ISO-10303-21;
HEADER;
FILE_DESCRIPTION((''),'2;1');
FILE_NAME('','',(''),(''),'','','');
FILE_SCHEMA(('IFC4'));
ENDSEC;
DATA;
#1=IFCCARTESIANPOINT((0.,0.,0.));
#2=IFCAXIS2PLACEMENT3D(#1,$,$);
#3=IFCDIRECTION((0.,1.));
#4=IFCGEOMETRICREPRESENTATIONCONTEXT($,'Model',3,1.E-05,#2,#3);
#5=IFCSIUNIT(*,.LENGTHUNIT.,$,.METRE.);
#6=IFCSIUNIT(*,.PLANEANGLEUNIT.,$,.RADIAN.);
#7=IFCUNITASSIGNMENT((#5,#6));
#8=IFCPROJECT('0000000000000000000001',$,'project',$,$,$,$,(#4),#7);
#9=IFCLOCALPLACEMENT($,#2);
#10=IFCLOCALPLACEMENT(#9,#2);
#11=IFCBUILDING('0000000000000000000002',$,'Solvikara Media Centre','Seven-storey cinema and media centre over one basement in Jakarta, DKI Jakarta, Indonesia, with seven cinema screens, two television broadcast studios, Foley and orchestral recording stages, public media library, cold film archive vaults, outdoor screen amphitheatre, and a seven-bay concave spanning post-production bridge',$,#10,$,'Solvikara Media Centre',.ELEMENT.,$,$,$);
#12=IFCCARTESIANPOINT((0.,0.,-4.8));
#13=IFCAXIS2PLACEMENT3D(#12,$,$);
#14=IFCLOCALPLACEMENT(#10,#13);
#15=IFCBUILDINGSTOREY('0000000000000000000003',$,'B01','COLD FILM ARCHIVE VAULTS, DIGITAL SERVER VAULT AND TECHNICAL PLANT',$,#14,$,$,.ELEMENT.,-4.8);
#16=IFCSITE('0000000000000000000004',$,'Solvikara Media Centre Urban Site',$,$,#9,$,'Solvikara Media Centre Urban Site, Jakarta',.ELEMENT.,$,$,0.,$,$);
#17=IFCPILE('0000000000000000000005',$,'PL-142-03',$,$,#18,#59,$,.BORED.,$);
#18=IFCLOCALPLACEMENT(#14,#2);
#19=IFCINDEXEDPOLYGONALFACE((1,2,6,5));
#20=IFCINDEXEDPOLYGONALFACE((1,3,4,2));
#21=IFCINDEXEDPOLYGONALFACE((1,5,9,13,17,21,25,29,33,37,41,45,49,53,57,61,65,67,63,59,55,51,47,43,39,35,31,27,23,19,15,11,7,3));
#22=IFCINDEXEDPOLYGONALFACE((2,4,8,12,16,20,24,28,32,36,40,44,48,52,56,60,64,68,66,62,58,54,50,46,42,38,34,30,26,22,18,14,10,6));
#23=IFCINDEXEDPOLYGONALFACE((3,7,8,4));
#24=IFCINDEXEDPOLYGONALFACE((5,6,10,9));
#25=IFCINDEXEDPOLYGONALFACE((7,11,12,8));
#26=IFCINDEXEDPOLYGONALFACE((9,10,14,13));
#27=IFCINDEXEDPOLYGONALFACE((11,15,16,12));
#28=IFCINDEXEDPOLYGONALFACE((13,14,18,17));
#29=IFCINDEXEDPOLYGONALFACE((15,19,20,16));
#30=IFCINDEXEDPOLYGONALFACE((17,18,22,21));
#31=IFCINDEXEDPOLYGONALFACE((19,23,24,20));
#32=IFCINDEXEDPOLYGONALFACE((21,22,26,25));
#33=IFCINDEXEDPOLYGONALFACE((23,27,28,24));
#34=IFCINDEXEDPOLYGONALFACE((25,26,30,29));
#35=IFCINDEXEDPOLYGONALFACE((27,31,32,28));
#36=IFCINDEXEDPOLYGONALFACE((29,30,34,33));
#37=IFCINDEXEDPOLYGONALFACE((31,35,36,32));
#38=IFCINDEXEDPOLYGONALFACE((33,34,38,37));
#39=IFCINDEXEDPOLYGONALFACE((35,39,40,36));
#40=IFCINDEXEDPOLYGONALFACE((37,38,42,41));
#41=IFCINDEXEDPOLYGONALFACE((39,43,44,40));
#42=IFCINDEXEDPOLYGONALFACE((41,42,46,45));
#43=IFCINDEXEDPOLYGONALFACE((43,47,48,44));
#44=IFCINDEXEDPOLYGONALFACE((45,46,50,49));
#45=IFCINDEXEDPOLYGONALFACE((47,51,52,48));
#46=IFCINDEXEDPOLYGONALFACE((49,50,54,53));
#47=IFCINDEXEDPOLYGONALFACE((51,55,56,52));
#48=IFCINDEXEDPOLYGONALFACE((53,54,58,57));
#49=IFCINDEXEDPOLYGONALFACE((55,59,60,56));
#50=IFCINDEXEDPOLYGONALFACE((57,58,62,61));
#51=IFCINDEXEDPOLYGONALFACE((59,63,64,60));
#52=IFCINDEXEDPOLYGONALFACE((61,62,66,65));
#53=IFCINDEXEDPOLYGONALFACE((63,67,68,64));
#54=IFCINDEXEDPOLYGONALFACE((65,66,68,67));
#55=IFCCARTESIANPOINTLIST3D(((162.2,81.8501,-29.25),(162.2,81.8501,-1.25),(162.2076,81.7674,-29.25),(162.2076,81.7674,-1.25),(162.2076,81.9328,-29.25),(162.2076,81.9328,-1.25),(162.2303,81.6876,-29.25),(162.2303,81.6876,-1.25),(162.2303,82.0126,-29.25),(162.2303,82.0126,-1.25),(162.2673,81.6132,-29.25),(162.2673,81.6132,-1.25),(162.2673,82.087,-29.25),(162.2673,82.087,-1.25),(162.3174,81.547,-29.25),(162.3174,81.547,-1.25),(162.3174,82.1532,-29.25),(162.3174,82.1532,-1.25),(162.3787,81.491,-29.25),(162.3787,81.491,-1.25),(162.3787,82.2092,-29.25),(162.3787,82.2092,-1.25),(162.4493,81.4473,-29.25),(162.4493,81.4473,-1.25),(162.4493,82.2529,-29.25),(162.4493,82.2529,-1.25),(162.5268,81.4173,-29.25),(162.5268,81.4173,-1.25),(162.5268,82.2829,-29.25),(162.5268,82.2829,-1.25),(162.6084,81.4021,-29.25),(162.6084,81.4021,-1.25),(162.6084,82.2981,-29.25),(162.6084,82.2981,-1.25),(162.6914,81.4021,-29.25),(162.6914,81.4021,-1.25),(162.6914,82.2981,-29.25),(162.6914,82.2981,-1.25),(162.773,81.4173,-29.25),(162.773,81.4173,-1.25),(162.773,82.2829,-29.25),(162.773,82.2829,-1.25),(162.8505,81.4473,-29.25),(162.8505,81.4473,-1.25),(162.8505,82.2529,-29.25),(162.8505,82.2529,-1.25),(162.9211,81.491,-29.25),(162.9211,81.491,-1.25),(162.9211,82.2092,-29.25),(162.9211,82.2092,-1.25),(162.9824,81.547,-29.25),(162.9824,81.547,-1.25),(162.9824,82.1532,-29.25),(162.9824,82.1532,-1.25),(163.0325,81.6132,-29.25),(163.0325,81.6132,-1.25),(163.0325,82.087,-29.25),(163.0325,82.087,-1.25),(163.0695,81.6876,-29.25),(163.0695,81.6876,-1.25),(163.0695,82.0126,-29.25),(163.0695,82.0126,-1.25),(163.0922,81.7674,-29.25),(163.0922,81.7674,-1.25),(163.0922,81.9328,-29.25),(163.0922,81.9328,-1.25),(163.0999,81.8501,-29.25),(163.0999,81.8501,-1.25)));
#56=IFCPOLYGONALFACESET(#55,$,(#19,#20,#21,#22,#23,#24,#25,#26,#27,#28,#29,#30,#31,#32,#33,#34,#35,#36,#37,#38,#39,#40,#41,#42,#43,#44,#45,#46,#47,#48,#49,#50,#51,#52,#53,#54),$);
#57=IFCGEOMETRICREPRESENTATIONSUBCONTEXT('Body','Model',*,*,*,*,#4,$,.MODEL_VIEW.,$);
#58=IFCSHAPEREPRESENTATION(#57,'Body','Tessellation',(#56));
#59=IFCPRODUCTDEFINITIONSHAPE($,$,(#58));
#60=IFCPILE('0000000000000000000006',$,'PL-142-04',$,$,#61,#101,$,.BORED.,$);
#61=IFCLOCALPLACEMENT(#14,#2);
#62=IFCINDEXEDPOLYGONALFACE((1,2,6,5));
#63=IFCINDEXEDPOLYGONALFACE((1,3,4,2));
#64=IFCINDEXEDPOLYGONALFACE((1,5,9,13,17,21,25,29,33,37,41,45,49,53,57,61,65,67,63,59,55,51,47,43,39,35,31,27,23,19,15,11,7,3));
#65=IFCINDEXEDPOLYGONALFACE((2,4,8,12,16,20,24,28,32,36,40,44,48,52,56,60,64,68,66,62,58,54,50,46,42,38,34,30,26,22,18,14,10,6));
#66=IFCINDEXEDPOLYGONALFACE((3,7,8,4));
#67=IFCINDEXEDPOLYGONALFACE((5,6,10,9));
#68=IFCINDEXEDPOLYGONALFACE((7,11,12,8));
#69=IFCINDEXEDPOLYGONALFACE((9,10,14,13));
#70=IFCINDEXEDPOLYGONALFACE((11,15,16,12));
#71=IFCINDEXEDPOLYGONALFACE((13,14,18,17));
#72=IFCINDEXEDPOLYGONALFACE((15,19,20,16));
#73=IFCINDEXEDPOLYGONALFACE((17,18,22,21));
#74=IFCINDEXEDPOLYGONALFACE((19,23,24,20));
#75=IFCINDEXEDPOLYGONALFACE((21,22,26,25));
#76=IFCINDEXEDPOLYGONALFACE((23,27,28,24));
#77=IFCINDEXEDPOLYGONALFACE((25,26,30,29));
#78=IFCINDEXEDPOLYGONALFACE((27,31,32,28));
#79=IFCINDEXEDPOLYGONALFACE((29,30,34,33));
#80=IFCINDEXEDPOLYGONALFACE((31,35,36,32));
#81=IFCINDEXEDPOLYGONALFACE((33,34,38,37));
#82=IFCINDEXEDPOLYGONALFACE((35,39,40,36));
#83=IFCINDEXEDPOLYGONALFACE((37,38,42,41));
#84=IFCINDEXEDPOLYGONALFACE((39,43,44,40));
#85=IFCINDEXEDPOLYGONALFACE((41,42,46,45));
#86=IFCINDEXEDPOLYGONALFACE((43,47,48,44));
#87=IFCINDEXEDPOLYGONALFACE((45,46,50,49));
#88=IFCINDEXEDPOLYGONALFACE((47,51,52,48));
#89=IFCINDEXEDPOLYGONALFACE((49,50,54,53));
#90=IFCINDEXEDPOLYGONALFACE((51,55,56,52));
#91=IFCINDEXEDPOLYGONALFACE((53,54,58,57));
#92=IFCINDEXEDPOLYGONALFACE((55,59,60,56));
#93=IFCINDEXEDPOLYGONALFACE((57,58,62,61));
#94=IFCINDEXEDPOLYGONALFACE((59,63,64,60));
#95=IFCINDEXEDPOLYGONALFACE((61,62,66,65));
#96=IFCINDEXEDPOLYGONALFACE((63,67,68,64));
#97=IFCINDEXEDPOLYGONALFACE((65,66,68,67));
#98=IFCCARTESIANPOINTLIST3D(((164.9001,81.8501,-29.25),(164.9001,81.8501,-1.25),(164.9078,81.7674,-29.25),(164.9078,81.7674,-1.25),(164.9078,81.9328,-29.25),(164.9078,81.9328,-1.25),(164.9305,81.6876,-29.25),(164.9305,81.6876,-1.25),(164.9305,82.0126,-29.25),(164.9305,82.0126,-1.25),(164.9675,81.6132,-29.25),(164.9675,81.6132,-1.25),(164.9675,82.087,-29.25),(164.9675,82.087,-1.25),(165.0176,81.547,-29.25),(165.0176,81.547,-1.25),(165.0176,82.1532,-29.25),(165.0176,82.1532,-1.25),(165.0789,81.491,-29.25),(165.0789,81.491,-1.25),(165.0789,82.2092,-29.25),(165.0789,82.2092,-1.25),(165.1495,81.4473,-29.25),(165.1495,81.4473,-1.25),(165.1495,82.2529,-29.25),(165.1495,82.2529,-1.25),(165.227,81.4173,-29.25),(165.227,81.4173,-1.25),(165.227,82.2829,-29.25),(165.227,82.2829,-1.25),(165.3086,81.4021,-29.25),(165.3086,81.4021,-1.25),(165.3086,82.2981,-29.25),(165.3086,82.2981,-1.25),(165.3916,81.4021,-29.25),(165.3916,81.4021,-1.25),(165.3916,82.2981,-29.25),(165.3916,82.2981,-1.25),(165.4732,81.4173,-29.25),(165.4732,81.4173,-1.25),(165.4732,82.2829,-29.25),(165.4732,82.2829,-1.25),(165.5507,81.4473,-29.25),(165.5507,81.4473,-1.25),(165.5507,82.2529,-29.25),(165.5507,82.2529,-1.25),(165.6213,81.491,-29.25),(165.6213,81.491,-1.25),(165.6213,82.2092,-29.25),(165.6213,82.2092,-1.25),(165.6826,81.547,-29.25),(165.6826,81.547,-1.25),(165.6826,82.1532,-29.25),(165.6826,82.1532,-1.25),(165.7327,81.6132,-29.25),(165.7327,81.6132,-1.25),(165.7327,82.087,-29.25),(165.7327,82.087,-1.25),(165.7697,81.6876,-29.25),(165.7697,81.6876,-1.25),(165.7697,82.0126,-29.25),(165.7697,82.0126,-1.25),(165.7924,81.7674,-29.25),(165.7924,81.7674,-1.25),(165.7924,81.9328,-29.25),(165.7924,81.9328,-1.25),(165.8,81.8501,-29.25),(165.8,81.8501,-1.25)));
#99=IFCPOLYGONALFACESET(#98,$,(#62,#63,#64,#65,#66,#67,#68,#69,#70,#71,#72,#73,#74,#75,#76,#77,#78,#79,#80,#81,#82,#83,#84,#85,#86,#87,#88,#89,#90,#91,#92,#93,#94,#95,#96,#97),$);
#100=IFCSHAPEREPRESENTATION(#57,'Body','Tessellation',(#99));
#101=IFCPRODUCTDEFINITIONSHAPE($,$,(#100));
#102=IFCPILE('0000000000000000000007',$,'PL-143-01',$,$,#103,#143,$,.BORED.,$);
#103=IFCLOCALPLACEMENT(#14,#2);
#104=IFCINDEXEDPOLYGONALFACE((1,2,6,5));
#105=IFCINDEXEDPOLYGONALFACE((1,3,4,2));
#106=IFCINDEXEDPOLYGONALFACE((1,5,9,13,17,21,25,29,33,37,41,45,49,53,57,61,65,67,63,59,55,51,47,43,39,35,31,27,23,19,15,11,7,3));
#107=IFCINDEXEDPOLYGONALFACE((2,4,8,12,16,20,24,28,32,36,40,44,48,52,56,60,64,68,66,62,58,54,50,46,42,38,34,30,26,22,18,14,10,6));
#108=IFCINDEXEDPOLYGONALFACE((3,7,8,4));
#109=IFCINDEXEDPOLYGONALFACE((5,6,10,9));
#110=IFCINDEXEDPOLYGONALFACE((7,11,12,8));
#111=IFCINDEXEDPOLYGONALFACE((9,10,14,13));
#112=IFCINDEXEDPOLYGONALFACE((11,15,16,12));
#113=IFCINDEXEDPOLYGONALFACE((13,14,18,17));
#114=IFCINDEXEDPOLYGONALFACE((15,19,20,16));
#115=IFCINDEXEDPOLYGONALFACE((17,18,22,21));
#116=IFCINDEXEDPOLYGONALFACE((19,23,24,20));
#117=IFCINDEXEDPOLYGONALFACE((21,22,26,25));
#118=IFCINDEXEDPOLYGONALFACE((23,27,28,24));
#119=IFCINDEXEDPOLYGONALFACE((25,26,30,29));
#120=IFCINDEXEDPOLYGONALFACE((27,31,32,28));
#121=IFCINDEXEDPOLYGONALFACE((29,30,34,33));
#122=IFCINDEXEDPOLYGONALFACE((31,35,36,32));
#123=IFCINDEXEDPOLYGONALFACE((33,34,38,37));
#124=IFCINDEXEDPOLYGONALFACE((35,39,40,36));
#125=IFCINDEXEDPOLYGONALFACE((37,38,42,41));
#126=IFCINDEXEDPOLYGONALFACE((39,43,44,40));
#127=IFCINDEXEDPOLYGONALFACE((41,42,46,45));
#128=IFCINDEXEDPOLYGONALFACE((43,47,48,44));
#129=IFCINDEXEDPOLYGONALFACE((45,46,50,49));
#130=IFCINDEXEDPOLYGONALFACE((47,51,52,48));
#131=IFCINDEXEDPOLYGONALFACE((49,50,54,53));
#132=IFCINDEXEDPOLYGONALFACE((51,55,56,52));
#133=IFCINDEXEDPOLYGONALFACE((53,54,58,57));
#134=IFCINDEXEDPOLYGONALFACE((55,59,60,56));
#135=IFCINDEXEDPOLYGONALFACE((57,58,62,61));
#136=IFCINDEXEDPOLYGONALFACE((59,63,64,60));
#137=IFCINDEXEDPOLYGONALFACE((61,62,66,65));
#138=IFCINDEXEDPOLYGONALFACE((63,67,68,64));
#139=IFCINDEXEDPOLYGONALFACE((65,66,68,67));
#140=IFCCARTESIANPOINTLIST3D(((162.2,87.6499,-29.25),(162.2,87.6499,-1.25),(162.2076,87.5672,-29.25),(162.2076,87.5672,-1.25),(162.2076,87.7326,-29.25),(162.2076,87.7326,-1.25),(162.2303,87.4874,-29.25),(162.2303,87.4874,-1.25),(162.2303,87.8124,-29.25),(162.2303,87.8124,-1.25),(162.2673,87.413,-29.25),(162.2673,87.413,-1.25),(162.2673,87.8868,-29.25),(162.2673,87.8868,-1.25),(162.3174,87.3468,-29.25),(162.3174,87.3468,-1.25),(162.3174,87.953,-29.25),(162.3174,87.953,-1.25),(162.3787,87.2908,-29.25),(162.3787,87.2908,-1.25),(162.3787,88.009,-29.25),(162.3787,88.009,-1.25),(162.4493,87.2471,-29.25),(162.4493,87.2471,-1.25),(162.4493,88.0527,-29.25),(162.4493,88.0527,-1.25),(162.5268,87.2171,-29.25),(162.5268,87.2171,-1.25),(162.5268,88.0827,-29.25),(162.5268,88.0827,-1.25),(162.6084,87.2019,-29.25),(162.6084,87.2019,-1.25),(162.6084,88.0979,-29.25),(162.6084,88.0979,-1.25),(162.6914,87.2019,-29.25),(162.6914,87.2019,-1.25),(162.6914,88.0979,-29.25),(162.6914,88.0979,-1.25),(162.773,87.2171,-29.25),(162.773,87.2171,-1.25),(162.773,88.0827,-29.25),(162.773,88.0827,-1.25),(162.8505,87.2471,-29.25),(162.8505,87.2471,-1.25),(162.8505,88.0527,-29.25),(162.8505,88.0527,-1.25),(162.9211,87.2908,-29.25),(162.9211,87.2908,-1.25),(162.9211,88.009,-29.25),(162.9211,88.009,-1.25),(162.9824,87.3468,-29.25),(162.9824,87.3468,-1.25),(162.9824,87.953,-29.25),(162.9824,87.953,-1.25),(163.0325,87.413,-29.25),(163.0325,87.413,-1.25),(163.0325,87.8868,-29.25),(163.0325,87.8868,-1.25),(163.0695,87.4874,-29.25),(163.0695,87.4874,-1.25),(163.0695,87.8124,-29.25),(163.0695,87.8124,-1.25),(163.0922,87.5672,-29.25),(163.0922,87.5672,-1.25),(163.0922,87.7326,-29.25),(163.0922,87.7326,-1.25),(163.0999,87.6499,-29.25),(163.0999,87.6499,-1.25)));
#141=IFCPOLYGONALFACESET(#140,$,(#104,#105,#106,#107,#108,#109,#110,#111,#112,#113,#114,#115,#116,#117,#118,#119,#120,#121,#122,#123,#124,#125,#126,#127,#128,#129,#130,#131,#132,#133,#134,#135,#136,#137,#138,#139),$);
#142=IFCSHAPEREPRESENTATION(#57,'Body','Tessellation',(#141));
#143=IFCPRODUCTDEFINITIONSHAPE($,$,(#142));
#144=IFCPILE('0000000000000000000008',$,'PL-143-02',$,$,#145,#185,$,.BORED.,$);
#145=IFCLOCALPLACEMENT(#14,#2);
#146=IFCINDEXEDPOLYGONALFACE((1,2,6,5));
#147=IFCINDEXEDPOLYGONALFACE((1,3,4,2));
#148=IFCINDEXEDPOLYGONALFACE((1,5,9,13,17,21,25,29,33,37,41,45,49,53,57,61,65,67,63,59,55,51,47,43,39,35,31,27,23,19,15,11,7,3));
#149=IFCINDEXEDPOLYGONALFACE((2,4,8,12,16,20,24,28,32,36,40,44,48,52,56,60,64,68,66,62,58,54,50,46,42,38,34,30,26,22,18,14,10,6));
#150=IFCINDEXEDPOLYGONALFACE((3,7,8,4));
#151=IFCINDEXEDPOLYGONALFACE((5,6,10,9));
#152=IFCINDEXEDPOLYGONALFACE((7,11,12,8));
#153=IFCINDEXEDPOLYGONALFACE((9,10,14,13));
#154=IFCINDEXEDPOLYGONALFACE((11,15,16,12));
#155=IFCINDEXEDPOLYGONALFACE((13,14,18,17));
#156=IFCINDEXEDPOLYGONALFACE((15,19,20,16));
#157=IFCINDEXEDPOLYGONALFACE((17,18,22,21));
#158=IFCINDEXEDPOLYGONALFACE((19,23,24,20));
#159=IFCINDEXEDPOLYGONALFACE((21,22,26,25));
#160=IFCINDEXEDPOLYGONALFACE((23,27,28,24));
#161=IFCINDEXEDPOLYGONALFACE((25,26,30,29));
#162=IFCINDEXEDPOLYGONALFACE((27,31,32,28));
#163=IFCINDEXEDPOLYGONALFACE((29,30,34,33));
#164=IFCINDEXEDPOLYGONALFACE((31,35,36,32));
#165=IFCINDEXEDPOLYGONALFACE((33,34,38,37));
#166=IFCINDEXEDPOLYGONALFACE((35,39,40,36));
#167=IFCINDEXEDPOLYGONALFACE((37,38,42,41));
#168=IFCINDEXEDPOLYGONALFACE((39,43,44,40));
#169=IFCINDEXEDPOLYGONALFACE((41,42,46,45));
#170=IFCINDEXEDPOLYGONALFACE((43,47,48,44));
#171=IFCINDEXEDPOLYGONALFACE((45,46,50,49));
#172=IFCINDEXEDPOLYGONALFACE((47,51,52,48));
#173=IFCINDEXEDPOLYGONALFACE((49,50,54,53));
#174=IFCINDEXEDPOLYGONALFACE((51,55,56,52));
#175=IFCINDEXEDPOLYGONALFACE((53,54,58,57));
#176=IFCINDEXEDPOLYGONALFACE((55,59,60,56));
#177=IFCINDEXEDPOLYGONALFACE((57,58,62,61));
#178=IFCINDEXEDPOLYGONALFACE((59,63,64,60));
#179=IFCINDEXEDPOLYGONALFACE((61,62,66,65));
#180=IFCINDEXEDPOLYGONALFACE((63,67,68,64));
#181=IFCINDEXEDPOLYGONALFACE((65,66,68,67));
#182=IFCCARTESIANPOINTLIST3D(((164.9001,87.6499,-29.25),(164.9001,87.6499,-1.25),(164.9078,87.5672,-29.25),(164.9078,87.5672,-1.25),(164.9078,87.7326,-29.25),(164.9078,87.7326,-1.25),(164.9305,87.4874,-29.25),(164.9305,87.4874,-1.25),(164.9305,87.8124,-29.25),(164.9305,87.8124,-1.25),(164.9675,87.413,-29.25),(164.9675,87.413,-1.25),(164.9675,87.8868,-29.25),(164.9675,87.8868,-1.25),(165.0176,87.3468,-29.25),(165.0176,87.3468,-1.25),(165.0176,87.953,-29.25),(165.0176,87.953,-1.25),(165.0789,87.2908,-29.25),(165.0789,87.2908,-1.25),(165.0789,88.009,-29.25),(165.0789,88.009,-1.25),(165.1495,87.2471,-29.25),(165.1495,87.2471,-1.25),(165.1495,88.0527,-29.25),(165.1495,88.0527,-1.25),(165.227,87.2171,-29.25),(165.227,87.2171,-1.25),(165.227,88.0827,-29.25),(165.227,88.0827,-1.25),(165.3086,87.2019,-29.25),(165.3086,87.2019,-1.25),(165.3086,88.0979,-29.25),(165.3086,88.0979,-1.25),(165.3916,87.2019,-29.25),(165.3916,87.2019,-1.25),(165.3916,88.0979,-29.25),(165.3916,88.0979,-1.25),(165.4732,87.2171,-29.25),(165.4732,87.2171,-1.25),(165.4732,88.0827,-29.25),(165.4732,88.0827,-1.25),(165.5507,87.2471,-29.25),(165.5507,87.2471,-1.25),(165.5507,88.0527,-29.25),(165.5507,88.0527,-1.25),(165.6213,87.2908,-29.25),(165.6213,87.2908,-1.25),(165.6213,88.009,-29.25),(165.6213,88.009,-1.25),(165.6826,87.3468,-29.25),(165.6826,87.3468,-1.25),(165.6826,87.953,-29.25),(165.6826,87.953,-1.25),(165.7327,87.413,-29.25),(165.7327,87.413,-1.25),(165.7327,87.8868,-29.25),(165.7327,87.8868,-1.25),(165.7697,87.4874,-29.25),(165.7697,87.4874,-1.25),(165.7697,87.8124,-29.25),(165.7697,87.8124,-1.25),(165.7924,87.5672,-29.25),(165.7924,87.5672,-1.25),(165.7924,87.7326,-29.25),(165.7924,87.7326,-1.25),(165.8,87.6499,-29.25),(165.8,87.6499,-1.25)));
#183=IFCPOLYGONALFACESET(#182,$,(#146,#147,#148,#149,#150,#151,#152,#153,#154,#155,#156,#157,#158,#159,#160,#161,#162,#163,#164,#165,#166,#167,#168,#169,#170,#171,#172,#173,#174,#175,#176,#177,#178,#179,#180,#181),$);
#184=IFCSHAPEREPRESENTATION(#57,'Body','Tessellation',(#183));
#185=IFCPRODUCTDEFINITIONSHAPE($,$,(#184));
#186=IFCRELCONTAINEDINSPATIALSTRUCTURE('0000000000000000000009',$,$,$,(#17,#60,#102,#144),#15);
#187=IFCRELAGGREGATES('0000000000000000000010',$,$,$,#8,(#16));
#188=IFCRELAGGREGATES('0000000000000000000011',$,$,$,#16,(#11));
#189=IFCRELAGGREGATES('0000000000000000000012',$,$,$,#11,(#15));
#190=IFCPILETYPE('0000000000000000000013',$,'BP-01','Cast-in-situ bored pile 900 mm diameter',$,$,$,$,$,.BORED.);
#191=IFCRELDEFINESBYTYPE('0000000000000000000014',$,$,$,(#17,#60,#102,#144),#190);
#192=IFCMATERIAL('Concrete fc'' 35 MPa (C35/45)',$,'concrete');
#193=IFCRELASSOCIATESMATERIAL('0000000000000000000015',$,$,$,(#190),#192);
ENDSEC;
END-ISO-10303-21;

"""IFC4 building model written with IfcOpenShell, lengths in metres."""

from ifc_helpers import new_model, si_unit, direction, frame, origin, origin_2d, place, context, subcontext, project, spatial, circle, extrude, material, material_profile, profile_set, type_object, element, save


model = new_model("IFC4")

# Units and contexts
model_context = context("Model", 3, precision=1e-05, world=origin(), true_north=direction((0.0, 1.0)))
body_context = subcontext(model_context, "Body", "Model", "MODEL_VIEW")
ifc_project = project(units=[si_unit("LENGTHUNIT", "METRE"), si_unit("PLANEANGLEUNIT", "RADIAN")], contexts=[model_context])

# Site, building, storey
site_placement = place(None, origin())
site = spatial("IfcSite", under=ifc_project, at=site_placement, Name="Solvikara Media Centre Urban Site", LongName="Solvikara Media Centre Urban Site, Jakarta", CompositionType="ELEMENT", RefElevation=0.0)
building_placement = place(site_placement, origin())
building = spatial("IfcBuilding", under=site, at=building_placement, Name="Solvikara Media Centre", Description="Seven-storey cinema and media centre over one basement in Jakarta, DKI Jakarta, Indonesia, with seven cinema screens, two television broadcast studios, Foley and orchestral recording stages, public media library, cold film archive vaults, outdoor screen amphitheatre, and a seven-bay concave spanning post-production bridge", LongName="Solvikara Media Centre", CompositionType="ELEMENT")
storey_placement = place(building_placement, frame((0.0, 0.0, -4.8)))
storey = spatial("IfcBuildingStorey", under=building, at=storey_placement, Name="B01", Description="COLD FILM ARCHIVE VAULTS, DIGITAL SERVER VAULT AND TECHNICAL PLANT", CompositionType="ELEMENT", Elevation=-4.8)

# Piles
ifc_material_1 = material(Name="Concrete fc' 35 MPa (C35/45)", Category="concrete")
ifc_material_profile_1 = material_profile(ifc_material_1, circle(Radius=0.45, at=origin_2d()), Name="BORED PILE D900")
ifc_profile_set_1 = profile_set([ifc_material_profile_1], Name="Concrete fc' 35 MPa (C35/45)")
pile_type_1 = type_object("IfcPileType", Name="BP-01", Description="Cast-in-situ bored pile 900 mm diameter", PredefinedType="BORED", material=ifc_profile_set_1)
for number, where, z_axis, x_axis, name in (
    (1, (162.6499, 81.8501, -1.25), (0.0, 0.0, -1.0), (1.0, 0.0, 0.0), "PL-142-03"),
    (2, (165.3501, 81.8501, -1.25), (0.0, 0.0, -1.0), (1.0, 0.0, 0.0), "PL-142-04"),
    (3, (162.6499, 87.6499, -1.25), (0.0, 0.0, -1.0), (1.0, 0.0, 0.0), "PL-143-01"),
    (4, (165.3501, 87.6499, -1.25), (0.0, 0.0, -1.0), (1.0, 0.0, 0.0), "PL-143-02"),
):
    element("IfcPile", number, at=place(storey_placement, frame(where, z_axis=z_axis, x_axis=x_axis)), inside=storey, type_object=pile_type_1, Name=name, PredefinedType="BORED", context=body_context, shape_type="SweptSolid", body=[
        extrude(circle(Radius=0.45, at=origin_2d()), origin(), (0.0, 0.0, 1.0), 28.0),
    ])

save(model, "model.ifc")
